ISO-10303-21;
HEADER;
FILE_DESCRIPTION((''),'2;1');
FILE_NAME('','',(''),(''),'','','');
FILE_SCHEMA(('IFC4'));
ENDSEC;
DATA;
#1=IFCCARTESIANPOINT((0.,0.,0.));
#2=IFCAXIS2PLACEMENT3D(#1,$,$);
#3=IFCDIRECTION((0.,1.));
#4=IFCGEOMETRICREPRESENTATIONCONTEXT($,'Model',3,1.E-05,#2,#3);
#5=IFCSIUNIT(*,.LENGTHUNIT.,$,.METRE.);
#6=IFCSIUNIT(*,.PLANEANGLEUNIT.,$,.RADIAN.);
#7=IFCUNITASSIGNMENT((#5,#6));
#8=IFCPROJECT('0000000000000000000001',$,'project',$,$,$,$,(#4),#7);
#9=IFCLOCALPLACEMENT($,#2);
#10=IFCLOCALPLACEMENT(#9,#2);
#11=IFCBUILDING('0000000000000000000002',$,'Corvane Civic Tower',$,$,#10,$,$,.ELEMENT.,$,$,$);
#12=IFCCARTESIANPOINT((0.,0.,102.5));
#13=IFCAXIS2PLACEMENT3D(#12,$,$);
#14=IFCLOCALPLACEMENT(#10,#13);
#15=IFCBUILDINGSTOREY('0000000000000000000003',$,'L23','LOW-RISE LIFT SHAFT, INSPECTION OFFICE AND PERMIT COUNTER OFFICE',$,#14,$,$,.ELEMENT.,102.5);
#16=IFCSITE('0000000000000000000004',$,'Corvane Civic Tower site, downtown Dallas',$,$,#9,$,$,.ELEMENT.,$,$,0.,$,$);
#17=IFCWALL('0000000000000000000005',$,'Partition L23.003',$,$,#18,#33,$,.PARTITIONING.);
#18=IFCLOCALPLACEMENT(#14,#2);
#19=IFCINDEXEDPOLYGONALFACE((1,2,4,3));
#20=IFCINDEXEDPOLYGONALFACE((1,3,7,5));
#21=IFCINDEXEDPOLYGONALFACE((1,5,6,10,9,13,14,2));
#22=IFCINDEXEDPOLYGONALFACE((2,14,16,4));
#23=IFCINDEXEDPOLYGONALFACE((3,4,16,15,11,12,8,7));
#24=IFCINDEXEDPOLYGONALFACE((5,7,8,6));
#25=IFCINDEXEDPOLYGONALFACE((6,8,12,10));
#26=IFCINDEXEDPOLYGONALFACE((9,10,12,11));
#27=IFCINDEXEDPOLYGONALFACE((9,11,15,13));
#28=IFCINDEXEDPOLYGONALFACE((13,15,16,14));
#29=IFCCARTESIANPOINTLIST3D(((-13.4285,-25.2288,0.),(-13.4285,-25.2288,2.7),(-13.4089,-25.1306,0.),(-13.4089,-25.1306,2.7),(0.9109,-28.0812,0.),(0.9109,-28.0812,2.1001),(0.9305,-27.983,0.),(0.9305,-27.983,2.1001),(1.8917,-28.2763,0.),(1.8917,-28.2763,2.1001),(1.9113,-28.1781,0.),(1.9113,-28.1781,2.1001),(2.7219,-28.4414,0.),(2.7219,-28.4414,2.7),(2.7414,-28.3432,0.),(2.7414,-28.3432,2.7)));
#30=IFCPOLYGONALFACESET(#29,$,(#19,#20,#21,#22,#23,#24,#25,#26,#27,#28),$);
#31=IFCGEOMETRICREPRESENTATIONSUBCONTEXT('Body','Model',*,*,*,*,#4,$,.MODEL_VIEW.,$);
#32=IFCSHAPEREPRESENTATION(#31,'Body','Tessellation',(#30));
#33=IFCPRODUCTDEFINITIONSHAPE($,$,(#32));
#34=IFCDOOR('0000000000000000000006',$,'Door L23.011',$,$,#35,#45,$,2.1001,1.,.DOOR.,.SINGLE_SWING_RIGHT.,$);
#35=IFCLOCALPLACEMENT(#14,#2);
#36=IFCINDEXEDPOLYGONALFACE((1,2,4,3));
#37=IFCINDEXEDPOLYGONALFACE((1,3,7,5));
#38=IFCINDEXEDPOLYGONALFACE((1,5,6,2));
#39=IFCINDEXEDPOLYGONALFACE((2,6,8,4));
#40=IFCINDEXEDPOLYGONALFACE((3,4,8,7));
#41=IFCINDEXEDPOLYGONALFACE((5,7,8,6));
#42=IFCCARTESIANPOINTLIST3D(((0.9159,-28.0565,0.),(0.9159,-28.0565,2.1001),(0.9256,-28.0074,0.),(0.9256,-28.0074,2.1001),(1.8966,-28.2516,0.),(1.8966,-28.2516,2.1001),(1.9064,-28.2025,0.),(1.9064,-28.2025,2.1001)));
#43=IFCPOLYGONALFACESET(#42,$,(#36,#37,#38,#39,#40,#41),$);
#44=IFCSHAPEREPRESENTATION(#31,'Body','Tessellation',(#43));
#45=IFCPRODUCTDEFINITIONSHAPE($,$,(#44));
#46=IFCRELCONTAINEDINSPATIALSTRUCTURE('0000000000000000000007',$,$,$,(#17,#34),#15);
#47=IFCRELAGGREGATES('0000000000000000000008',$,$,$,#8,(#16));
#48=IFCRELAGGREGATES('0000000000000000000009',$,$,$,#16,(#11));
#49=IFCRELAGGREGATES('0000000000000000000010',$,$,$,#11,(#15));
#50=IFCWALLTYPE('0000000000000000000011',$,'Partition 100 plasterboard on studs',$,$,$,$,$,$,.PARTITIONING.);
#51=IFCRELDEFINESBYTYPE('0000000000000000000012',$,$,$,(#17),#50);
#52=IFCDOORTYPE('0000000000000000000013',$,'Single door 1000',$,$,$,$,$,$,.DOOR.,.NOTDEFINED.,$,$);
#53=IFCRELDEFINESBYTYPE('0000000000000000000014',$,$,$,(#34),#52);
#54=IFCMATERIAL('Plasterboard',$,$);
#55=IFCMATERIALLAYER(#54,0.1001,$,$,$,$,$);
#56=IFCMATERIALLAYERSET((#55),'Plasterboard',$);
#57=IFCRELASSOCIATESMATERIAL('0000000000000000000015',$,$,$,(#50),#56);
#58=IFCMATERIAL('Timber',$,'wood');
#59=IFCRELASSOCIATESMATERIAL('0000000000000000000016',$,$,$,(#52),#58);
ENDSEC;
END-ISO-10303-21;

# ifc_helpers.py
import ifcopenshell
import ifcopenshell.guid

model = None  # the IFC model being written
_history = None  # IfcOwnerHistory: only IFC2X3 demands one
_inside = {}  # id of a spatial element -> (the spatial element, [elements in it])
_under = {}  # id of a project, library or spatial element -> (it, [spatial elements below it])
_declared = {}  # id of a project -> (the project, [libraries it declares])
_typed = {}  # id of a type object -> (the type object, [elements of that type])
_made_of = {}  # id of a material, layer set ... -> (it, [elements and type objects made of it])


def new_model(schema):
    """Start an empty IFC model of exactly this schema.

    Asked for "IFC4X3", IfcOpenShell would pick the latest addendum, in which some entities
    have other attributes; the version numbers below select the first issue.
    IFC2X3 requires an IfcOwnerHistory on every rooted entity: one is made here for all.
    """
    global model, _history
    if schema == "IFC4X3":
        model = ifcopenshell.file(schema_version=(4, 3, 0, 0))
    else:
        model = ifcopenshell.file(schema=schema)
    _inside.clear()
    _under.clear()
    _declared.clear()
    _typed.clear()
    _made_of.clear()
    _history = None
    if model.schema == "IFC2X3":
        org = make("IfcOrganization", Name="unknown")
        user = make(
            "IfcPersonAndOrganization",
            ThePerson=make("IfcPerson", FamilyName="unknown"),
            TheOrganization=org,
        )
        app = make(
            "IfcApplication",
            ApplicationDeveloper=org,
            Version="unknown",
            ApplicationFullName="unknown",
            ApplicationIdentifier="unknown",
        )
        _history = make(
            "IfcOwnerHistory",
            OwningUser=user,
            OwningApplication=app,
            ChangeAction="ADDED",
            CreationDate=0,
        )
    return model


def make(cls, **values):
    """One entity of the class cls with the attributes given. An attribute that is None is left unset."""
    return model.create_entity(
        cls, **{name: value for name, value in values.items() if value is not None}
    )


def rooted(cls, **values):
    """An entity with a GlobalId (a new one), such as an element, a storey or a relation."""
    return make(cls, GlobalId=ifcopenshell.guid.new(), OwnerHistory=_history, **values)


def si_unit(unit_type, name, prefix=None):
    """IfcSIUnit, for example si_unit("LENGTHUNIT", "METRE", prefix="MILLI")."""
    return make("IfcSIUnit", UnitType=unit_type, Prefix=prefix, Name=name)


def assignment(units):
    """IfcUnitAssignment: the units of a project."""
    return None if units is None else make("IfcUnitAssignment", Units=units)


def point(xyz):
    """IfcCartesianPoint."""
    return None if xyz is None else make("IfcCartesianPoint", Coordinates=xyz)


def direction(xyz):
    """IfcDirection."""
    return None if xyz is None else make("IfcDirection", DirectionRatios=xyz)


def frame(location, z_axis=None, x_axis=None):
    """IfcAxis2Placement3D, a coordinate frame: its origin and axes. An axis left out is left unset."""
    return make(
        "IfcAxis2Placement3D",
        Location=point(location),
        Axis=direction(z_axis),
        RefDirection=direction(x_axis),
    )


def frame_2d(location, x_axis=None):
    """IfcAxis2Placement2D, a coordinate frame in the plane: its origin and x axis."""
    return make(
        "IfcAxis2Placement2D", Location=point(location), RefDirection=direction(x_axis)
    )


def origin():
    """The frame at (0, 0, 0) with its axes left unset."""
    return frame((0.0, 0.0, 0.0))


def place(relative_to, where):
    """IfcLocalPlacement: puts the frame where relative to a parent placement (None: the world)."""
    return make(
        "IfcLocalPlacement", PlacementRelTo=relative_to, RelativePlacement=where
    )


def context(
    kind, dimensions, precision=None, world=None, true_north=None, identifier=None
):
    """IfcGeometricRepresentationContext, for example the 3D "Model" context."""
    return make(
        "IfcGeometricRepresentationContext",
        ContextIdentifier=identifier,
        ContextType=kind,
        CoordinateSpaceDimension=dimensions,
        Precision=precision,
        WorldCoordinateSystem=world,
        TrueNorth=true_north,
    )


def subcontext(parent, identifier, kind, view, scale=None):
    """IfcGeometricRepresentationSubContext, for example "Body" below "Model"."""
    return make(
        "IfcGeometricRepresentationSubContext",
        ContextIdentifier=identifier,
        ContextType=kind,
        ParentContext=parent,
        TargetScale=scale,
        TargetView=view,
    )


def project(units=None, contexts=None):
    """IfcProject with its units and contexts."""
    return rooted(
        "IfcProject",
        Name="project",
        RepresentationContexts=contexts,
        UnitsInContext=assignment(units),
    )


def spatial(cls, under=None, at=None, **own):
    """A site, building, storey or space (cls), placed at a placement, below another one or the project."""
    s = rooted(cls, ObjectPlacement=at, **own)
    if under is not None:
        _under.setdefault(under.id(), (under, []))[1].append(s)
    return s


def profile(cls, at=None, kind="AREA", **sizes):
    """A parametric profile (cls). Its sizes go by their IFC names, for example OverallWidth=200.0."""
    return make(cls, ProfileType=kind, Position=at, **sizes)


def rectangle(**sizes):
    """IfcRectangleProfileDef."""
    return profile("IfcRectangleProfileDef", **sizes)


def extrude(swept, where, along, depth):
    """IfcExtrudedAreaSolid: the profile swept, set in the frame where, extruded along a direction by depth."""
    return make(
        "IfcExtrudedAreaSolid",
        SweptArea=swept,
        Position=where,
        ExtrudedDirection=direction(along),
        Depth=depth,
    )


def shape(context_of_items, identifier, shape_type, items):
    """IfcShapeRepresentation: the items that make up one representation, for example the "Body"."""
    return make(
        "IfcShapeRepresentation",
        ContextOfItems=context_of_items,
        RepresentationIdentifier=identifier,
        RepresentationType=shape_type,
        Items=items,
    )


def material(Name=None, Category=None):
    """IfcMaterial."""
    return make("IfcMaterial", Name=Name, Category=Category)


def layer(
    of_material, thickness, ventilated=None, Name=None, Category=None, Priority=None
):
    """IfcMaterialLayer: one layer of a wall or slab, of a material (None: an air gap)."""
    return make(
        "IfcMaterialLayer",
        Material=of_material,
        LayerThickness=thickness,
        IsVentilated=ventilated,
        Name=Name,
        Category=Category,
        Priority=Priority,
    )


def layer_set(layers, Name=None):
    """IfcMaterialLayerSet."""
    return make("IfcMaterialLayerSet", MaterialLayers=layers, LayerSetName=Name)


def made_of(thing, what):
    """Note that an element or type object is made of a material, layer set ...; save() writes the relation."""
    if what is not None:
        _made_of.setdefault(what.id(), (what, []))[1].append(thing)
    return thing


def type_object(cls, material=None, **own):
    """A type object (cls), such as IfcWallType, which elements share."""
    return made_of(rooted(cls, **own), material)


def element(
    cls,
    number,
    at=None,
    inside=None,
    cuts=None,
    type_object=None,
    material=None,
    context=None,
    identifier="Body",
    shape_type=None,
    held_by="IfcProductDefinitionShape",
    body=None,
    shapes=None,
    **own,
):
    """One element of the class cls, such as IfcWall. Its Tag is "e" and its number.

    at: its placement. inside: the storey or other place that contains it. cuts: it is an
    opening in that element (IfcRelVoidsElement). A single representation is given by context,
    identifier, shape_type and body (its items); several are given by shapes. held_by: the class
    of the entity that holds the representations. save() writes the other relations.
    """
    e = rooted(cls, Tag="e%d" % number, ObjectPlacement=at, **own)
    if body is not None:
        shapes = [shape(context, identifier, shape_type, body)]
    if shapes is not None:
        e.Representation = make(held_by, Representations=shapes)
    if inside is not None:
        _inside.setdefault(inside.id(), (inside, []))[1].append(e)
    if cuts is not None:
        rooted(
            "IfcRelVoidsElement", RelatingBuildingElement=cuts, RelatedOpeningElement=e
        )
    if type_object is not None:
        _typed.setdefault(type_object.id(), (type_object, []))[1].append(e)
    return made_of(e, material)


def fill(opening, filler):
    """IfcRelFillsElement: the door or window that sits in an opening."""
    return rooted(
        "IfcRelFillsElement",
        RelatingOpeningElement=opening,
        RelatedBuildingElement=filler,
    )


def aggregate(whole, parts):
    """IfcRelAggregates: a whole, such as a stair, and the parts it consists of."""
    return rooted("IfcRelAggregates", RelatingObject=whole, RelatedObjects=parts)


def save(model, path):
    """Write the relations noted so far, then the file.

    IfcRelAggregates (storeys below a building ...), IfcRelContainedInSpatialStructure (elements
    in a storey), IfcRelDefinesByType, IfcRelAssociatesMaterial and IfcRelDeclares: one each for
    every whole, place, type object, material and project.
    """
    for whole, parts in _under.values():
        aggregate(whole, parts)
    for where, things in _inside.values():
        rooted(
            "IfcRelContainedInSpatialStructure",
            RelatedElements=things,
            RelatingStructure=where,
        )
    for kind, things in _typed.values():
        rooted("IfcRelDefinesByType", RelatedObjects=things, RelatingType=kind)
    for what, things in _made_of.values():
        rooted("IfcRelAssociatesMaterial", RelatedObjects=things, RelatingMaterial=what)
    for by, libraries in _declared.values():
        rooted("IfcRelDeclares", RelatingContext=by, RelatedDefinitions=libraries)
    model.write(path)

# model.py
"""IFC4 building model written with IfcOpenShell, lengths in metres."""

from ifc_helpers import new_model, si_unit, direction, frame, frame_2d, origin, place, context, subcontext, project, spatial, rectangle, extrude, material, layer, layer_set, type_object, element, fill, save


model = new_model("IFC4")

# Units and contexts
model_context = context("Model", 3, precision=1e-05, world=origin(), true_north=direction((0.0, 1.0)))
body_context = subcontext(model_context, "Body", "Model", "MODEL_VIEW")
ifc_project = project(units=[si_unit("LENGTHUNIT", "METRE"), si_unit("PLANEANGLEUNIT", "RADIAN")], contexts=[model_context])

# Site, building, storey
site_placement = place(None, origin())
site = spatial("IfcSite", under=ifc_project, at=site_placement, Name="Corvane Civic Tower site, downtown Dallas", CompositionType="ELEMENT", RefElevation=0.0)
building_placement = place(site_placement, origin())
building = spatial("IfcBuilding", under=site, at=building_placement, Name="Corvane Civic Tower", CompositionType="ELEMENT")
storey_placement = place(building_placement, frame((0.0, 0.0, 102.5)))
storey = spatial("IfcBuildingStorey", under=building, at=storey_placement, Name="L23", Description="LOW-RISE LIFT SHAFT, INSPECTION OFFICE AND PERMIT COUNTER OFFICE", CompositionType="ELEMENT", Elevation=102.5)

# Wall, opening, door
ifc_material_1 = material(Name="Plasterboard")
ifc_layer_1 = layer(ifc_material_1, 0.1001)
ifc_layer_set_1 = layer_set([ifc_layer_1], Name="Plasterboard")
wall_type_1 = type_object("IfcWallType", Name="Partition 100 plasterboard on studs", PredefinedType="PARTITIONING", material=ifc_layer_set_1)
wall_1_placement = place(storey_placement, frame((-13.4187, -25.1797, 0.0), z_axis=(0.0, 0.0, 1.0), x_axis=(0.980784, -0.195098, 0.0)))
wall_1 = element("IfcWall", 1, at=wall_1_placement, inside=storey, type_object=wall_type_1, Name="Partition L23.003", PredefinedType="PARTITIONING", context=body_context, shape_type="SweptSolid", body=[
    extrude(rectangle(XDim=16.4668, YDim=0.1001, at=frame_2d((8.2334, 0.0))), origin(), (0.0, 0.0, 1.0), 2.7),
])
opening_placement = place(wall_1_placement, frame((14.6204, 0.0, 0.0)))
opening = element("IfcOpeningElement", 2, at=opening_placement, cuts=wall_1, PredefinedType="OPENING", context=body_context, shape_type="SweptSolid", body=[
    extrude(rectangle(XDim=1.0, YDim=2.1001, at=frame_2d((0.5, 1.05))), frame((0.0, 0.0601, 0.0), z_axis=(0.0, -1.0, 0.0), x_axis=(1.0, 0.0, 0.0)), (0.0, 0.0, 1.0), 0.1201),
])
ifc_material_2 = material(Name="Timber", Category="wood")
door_type = type_object("IfcDoorType", Name="Single door 1000", OperationType="NOTDEFINED", PredefinedType="DOOR", material=ifc_material_2)
door_placement = place(opening_placement, frame((1.0, 0.0, 0.0), z_axis=(0.0, 0.0, 1.0), x_axis=(-1.0, 0.0, 0.0)))
door = element("IfcDoor", 3, at=door_placement, inside=storey, type_object=door_type, Name="Door L23.011", OperationType="SINGLE_SWING_RIGHT", OverallHeight=2.1001, OverallWidth=1.0, PredefinedType="DOOR", context=body_context, shape_type="SweptSolid", body=[
    extrude(rectangle(XDim=1.0, YDim=2.1001, at=frame_2d((0.5, 1.05))), frame((0.0, 0.0249, 0.0), z_axis=(0.0, -1.0, 0.0), x_axis=(1.0, 0.0, 0.0)), (0.0, 0.0, 1.0), 0.05),
])
fill(opening, door)

save(model, "model.ifc")
